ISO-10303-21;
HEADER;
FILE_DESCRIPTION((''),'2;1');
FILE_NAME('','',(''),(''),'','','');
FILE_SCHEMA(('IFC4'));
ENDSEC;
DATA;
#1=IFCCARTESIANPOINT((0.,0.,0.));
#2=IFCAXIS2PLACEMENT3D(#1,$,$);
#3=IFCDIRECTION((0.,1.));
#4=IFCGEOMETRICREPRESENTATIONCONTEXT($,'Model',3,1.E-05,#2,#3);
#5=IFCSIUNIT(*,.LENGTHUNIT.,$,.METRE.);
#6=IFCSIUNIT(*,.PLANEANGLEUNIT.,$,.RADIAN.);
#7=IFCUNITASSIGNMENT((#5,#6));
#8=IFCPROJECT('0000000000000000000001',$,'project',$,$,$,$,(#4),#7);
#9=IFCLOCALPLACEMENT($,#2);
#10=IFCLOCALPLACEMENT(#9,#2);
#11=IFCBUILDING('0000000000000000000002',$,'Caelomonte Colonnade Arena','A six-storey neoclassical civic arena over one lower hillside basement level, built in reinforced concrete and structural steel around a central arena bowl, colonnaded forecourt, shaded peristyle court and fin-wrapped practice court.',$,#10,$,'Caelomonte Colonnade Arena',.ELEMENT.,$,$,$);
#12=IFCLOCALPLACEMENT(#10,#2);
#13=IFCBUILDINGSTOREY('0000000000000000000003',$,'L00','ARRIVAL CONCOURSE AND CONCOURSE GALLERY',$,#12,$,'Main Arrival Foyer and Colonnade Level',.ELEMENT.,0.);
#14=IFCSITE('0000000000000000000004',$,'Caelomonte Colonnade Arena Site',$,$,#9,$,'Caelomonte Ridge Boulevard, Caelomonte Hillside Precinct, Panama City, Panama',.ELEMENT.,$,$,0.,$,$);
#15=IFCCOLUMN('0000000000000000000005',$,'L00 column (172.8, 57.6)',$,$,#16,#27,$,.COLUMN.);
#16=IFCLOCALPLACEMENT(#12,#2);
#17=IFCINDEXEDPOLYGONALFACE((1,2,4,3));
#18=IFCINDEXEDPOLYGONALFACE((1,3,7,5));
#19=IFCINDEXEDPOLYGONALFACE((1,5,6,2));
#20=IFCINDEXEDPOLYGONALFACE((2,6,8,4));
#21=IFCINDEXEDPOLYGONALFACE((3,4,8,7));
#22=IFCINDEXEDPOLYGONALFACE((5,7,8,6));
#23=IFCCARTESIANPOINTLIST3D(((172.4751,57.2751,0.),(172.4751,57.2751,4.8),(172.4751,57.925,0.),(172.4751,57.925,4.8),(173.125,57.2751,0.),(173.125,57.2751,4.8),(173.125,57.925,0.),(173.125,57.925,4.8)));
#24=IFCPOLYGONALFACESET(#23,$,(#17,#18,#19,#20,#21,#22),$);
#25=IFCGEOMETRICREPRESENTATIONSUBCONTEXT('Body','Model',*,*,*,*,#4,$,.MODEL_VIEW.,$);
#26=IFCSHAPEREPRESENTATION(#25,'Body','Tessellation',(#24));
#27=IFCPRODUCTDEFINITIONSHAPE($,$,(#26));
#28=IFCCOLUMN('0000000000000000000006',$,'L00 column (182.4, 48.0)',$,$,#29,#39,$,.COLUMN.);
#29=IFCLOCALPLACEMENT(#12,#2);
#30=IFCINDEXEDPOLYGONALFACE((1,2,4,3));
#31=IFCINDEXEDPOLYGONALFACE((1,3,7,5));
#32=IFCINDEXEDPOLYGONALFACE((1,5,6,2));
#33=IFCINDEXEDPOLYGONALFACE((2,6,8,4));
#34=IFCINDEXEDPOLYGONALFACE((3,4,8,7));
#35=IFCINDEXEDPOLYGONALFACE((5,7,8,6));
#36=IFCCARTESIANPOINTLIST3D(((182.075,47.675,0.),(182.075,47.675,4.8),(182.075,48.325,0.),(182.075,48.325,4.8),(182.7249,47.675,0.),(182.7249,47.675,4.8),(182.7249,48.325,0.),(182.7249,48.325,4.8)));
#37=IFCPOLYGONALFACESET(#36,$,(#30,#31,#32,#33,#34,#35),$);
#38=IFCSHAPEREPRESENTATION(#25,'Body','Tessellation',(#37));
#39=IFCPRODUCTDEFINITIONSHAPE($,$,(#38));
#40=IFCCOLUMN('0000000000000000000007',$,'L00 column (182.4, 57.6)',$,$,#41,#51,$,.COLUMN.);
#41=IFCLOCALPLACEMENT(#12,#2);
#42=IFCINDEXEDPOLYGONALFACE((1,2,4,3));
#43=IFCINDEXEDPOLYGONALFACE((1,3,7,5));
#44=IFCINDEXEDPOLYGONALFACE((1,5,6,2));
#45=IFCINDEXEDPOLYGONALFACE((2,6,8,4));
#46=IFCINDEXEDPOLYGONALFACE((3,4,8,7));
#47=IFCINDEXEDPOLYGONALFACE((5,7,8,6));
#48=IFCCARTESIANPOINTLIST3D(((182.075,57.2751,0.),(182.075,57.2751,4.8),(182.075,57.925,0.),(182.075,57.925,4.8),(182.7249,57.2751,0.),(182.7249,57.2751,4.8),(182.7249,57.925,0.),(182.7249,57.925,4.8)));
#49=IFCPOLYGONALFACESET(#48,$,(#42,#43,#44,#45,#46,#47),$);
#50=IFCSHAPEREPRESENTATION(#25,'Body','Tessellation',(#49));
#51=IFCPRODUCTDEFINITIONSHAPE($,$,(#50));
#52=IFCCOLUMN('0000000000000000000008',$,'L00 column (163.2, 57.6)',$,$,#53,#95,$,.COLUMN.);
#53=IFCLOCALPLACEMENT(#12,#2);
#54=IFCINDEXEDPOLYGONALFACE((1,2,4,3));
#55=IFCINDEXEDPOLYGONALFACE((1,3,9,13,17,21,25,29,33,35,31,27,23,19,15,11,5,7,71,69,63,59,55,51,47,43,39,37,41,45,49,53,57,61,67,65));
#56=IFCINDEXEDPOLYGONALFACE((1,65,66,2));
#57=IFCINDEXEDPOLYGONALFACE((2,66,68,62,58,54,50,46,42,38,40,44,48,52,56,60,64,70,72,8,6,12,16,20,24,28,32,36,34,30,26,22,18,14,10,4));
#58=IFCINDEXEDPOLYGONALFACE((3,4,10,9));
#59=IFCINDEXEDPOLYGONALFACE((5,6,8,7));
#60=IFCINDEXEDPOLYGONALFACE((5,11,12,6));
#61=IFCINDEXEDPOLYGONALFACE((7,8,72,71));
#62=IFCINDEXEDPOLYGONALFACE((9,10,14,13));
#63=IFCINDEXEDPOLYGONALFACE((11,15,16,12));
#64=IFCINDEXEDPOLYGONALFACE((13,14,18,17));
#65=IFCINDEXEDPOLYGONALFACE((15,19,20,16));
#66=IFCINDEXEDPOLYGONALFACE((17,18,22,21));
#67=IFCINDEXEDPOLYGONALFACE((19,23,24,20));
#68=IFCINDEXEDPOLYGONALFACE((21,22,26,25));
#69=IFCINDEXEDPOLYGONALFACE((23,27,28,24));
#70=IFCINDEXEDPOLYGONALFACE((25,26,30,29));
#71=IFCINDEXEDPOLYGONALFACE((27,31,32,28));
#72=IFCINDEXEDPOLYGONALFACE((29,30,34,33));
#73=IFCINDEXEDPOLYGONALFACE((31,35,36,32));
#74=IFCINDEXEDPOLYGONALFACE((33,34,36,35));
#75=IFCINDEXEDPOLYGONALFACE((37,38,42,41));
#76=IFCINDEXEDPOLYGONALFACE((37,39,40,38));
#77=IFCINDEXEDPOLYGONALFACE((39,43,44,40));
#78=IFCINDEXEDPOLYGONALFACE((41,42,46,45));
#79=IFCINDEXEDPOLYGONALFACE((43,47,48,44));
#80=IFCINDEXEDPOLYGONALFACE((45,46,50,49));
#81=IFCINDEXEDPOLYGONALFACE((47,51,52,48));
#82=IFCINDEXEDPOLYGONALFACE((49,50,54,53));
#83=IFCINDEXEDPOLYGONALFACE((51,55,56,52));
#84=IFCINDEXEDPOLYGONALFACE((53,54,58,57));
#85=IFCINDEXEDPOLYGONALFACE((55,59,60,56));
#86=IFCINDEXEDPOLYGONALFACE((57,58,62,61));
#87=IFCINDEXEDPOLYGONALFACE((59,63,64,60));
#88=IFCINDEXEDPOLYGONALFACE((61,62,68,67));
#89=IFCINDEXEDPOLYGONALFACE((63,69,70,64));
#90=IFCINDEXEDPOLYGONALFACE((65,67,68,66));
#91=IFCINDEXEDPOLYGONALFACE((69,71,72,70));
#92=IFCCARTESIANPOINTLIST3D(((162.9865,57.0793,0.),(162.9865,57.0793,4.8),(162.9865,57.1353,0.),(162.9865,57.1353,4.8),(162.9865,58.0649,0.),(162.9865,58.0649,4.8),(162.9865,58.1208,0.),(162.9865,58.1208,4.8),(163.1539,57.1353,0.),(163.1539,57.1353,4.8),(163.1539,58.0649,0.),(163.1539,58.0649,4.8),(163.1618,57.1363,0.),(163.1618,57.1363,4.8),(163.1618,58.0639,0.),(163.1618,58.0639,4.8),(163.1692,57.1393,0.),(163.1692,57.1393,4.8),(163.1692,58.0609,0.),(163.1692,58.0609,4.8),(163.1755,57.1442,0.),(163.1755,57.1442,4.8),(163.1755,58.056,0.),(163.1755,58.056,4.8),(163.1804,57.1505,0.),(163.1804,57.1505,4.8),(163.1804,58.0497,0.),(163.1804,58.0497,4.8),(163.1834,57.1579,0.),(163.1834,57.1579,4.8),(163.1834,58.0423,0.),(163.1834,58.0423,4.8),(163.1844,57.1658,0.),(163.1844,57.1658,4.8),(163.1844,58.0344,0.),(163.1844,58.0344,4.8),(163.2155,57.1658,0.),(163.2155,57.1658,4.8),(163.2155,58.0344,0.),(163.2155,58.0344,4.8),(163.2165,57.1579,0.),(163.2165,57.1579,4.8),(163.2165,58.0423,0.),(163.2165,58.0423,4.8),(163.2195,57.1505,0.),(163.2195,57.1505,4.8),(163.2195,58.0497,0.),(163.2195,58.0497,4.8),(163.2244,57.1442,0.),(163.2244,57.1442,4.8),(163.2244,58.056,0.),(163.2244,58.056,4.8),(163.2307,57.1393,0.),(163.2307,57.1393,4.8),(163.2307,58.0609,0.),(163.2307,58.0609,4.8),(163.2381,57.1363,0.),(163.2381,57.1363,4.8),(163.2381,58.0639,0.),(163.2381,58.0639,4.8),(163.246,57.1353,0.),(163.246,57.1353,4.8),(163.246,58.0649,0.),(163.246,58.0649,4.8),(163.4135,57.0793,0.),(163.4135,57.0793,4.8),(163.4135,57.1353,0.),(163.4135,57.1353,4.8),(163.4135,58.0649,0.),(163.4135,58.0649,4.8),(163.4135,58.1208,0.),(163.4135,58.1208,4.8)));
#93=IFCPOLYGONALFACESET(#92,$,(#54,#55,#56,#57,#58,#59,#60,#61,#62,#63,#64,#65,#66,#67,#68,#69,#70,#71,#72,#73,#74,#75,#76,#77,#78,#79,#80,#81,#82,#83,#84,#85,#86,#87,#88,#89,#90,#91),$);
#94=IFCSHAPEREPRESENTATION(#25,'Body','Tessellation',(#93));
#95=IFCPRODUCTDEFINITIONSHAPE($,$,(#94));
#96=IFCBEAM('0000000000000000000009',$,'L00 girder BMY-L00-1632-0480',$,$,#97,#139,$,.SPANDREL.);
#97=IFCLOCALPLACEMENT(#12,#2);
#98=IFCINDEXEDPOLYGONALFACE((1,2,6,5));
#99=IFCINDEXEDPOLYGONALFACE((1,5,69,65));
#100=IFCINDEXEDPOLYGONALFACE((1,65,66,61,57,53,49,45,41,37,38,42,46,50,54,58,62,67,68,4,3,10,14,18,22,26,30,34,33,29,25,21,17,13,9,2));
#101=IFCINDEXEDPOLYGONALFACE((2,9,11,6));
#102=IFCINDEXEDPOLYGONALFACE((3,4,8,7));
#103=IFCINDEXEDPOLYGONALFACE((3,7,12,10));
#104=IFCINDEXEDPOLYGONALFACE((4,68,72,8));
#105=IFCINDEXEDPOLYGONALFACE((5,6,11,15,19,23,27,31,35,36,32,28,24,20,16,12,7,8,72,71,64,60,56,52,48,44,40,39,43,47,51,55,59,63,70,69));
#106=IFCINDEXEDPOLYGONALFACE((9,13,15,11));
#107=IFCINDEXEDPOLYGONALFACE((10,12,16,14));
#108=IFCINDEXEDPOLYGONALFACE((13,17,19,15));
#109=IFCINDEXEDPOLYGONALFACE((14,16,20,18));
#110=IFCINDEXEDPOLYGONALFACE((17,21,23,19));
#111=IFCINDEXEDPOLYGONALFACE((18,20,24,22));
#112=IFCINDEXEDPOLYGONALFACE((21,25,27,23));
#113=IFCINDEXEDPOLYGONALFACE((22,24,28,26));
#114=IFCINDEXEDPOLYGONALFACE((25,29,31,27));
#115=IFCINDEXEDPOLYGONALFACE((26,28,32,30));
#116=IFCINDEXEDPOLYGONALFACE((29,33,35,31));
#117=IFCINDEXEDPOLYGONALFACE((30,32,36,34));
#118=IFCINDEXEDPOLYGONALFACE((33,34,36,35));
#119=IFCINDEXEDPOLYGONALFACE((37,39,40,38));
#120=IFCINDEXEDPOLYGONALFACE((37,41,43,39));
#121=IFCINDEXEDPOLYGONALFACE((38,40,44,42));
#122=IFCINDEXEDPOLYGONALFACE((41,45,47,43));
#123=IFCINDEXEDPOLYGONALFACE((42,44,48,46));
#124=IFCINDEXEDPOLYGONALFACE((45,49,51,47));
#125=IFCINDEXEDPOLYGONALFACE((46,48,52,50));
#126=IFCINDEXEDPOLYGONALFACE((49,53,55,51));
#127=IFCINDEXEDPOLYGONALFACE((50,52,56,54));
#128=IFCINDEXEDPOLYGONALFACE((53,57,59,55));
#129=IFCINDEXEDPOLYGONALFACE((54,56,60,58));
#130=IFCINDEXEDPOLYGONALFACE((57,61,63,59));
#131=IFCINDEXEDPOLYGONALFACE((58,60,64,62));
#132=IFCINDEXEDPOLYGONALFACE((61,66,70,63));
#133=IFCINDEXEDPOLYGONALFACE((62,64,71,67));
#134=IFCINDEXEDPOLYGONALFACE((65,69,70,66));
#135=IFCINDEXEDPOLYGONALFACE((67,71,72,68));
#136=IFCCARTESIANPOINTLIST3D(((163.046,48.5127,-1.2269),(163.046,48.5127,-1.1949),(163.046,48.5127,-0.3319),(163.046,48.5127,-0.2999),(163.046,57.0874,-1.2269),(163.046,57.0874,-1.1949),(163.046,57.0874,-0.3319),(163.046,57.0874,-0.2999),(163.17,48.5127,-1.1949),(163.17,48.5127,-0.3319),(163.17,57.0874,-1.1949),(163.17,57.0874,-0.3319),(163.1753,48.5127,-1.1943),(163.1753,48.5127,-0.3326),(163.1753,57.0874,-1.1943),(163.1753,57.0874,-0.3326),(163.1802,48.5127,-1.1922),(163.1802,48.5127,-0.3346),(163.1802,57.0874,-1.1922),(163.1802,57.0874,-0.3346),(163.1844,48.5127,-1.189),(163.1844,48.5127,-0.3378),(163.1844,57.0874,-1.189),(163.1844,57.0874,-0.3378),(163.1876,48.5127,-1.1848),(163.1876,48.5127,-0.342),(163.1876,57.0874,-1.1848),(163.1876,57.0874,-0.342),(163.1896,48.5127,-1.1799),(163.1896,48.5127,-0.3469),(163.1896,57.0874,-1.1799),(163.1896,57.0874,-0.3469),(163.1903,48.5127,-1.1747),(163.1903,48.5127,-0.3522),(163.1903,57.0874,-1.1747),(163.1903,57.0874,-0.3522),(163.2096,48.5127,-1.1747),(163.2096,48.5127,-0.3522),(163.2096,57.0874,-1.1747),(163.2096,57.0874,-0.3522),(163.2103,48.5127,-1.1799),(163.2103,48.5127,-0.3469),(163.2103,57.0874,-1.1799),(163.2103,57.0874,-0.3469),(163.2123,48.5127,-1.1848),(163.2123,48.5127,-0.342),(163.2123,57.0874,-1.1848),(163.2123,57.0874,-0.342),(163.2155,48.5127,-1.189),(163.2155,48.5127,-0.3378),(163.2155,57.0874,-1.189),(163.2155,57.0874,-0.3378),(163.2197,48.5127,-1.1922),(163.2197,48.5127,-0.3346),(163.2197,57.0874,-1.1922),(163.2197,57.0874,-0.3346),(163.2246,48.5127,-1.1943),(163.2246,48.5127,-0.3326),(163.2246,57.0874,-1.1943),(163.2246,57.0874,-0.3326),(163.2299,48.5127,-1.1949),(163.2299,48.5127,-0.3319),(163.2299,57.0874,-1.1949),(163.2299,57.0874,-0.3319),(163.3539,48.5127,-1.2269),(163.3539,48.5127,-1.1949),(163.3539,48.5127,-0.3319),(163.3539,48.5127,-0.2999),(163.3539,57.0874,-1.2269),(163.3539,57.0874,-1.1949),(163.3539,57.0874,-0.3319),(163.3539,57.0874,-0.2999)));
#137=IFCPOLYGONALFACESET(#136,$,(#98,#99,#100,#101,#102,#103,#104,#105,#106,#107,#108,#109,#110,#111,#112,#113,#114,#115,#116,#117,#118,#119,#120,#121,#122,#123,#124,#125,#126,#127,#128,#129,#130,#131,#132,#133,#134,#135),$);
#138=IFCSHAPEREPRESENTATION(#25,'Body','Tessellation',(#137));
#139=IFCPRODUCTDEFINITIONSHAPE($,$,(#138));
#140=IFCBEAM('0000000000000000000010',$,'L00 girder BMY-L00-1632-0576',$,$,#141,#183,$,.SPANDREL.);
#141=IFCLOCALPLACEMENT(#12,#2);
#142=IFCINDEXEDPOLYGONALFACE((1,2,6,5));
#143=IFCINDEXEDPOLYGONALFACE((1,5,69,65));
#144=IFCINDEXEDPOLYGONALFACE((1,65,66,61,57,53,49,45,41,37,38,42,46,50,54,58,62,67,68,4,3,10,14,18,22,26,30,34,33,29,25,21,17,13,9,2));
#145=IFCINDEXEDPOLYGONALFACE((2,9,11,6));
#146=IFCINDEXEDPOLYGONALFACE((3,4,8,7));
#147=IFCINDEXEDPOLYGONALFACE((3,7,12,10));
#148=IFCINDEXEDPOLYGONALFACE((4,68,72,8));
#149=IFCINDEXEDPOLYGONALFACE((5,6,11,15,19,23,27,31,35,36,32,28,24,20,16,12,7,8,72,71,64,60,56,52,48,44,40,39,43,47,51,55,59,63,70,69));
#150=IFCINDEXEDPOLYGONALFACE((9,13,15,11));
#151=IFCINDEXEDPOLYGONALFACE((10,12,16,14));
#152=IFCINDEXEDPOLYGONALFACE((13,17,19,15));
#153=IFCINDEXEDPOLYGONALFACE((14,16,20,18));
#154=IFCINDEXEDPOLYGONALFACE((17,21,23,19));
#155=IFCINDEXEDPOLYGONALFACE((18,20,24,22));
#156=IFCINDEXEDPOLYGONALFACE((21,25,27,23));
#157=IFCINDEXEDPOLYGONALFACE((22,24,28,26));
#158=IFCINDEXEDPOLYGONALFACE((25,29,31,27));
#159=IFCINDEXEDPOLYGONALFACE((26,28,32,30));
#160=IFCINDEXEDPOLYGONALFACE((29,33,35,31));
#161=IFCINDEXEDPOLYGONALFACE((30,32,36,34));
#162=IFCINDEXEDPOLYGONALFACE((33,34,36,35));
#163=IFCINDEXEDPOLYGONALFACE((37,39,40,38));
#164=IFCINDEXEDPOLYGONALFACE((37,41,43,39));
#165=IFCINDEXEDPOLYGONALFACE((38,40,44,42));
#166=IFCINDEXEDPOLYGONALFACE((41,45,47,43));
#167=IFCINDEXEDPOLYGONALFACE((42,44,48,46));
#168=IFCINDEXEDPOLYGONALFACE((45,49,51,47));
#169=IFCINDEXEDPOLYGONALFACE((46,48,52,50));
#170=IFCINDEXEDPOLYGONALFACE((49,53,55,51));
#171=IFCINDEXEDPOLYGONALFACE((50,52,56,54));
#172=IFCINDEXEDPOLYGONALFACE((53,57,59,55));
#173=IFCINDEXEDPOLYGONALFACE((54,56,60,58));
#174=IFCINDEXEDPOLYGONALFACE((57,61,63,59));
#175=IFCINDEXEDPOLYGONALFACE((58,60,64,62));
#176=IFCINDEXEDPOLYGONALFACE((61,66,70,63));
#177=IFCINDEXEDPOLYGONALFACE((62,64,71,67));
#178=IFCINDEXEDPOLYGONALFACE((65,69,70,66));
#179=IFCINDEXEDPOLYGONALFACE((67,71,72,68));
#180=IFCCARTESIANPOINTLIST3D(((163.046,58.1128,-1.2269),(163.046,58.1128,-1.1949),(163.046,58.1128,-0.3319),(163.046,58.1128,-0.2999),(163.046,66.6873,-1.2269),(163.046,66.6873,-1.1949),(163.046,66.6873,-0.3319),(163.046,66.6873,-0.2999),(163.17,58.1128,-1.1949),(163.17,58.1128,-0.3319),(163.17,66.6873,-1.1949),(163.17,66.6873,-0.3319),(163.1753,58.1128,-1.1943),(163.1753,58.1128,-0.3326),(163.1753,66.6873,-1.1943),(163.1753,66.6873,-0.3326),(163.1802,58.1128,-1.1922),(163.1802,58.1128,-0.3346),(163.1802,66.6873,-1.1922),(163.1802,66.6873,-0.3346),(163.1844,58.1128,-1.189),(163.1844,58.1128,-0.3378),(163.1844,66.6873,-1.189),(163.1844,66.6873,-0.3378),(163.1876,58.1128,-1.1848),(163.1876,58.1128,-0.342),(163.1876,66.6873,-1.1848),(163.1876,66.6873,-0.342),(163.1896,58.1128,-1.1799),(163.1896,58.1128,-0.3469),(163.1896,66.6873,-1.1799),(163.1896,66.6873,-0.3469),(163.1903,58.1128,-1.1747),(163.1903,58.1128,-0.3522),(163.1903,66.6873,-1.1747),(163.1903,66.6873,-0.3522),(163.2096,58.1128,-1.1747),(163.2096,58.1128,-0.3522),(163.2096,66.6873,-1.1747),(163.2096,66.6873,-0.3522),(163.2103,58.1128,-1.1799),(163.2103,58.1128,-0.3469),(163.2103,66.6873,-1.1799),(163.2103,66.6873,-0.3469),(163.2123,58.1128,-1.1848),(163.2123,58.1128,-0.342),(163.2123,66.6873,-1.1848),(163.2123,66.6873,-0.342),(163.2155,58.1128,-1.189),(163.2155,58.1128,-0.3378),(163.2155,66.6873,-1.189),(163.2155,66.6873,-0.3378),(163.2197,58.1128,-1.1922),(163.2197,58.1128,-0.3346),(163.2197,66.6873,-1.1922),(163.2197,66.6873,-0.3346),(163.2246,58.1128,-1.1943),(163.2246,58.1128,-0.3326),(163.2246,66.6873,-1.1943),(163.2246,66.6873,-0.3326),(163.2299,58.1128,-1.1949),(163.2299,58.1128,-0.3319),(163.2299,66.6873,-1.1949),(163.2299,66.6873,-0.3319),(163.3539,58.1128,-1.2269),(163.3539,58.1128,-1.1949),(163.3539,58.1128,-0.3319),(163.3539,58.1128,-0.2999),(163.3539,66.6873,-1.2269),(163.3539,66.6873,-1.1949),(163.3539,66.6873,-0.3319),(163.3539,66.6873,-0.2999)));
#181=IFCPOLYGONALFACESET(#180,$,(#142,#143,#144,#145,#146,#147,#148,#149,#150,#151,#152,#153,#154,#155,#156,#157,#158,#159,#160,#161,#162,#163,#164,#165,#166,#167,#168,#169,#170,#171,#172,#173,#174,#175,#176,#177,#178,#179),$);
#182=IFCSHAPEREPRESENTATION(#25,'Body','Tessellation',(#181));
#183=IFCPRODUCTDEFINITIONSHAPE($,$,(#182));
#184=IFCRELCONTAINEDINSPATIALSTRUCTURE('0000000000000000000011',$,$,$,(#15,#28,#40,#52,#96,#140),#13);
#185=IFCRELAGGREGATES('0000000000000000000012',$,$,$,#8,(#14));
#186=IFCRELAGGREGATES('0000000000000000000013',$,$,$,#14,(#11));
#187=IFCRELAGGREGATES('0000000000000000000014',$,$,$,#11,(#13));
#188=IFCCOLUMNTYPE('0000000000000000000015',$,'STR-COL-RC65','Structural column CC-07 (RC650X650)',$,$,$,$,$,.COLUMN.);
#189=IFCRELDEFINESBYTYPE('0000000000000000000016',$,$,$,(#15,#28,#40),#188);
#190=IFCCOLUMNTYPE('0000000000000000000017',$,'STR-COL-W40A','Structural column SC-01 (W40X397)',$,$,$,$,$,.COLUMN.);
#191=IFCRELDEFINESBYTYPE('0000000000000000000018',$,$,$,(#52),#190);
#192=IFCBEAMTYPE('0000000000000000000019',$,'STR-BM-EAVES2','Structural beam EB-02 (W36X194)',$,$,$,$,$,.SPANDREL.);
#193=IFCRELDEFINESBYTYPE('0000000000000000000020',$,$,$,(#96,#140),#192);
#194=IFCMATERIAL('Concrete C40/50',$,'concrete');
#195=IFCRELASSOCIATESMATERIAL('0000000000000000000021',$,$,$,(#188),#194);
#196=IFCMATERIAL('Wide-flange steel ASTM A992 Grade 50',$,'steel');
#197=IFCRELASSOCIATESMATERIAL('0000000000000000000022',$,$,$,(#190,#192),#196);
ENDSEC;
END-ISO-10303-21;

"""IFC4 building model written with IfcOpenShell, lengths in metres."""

from ifc_helpers import new_model, si_unit, direction, frame, origin, origin_2d, place, context, subcontext, project, spatial, rectangle, i_section, extrude, material, material_profile, profile_set, type_object, element, save


model = new_model("IFC4")

# Units and contexts
model_context = context("Model", 3, precision=1e-05, world=origin(), true_north=direction((0.0, 1.0)))
body_context = subcontext(model_context, "Body", "Model", "MODEL_VIEW")
ifc_project = project(units=[si_unit("LENGTHUNIT", "METRE"), si_unit("PLANEANGLEUNIT", "RADIAN")], contexts=[model_context])

# Site, building, storey
site_placement = place(None, origin())
site = spatial("IfcSite", under=ifc_project, at=site_placement, Name="Caelomonte Colonnade Arena Site", LongName="Caelomonte Ridge Boulevard, Caelomonte Hillside Precinct, Panama City, Panama", CompositionType="ELEMENT", RefElevation=0.0)
building_placement = place(site_placement, origin())
building = spatial("IfcBuilding", under=site, at=building_placement, Name="Caelomonte Colonnade Arena", Description="A six-storey neoclassical civic arena over one lower hillside basement level, built in reinforced concrete and structural steel around a central arena bowl, colonnaded forecourt, shaded peristyle court and fin-wrapped practice court.", LongName="Caelomonte Colonnade Arena", CompositionType="ELEMENT")
storey_placement = place(building_placement, origin())
storey = spatial("IfcBuildingStorey", under=building, at=storey_placement, Name="L00", Description="ARRIVAL CONCOURSE AND CONCOURSE GALLERY", LongName="Main Arrival Foyer and Colonnade Level", CompositionType="ELEMENT", Elevation=0.0)

# Columns
ifc_material_1 = material(Name="Concrete C40/50", Category="concrete")
ifc_material_profile_1 = material_profile(ifc_material_1, rectangle(XDim=0.6499, YDim=0.6499, at=origin_2d()), Name="RC650X650")
ifc_profile_set_1 = profile_set([ifc_material_profile_1], Name="Concrete C40/50")
column_type_1 = type_object("IfcColumnType", Name="STR-COL-RC65", Description="Structural column CC-07 (RC650X650)", PredefinedType="COLUMN", material=ifc_profile_set_1)
for number, where, z_axis, x_axis, name in (
    (1, (172.8, 57.6001, 0.0), (0.0, 0.0, 1.0), (1.0, 0.0, 0.0), "L00 column (172.8, 57.6)"),
    (2, (182.3999, 48.0, 0.0), (0.0, 0.0, 1.0), (1.0, 0.0, 0.0), "L00 column (182.4, 48.0)"),
    (3, (182.3999, 57.6001, 0.0), (0.0, 0.0, 1.0), (1.0, 0.0, 0.0), "L00 column (182.4, 57.6)"),
):
    element("IfcColumn", number, at=place(storey_placement, frame(where, z_axis=z_axis, x_axis=x_axis)), inside=storey, type_object=column_type_1, Name=name, PredefinedType="COLUMN", context=body_context, shape_type="SweptSolid", body=[
        extrude(rectangle(XDim=0.6499, YDim=0.6499, at=origin_2d()), origin(), (0.0, 0.0, 1.0), 4.8),
    ])
ifc_material_2 = material(Name="Wide-flange steel ASTM A992 Grade 50", Category="steel")
ifc_material_profile_2 = material_profile(ifc_material_2, i_section(OverallWidth=0.427, OverallDepth=1.0415, WebThickness=0.031, FlangeThickness=0.0559, FilletRadius=0.0305, at=origin_2d()), Name="W40X397")
ifc_profile_set_2 = profile_set([ifc_material_profile_2], Name="Wide-flange steel ASTM A992 Grade 50")
column_type_2 = type_object("IfcColumnType", Name="STR-COL-W40A", Description="Structural column SC-01 (W40X397)", PredefinedType="COLUMN", material=ifc_profile_set_2)
column_placement = place(storey_placement, frame((163.2, 57.6001, 0.0), z_axis=(0.0, 0.0, 1.0), x_axis=(1.0, 0.0, 0.0)))
element("IfcColumn", 4, at=column_placement, inside=storey, type_object=column_type_2, Name="L00 column (163.2, 57.6)", PredefinedType="COLUMN", context=body_context, shape_type="SweptSolid", body=[
    extrude(i_section(OverallWidth=0.427, OverallDepth=1.0415, WebThickness=0.031, FlangeThickness=0.0559, FilletRadius=0.0305, at=origin_2d()), origin(), (0.0, 0.0, 1.0), 4.8),
])

# Beams
ifc_material_profile_3 = material_profile(ifc_material_2, i_section(OverallWidth=0.3079, OverallDepth=0.927, WebThickness=0.0193, FlangeThickness=0.032, FilletRadius=0.0203, at=origin_2d()), Name="W36X194")
ifc_profile_set_3 = profile_set([ifc_material_profile_3], Name="Wide-flange steel ASTM A992 Grade 50")
beam_type_1 = type_object("IfcBeamType", Name="STR-BM-EAVES2", Description="Structural beam EB-02 (W36X194)", PredefinedType="SPANDREL", material=ifc_profile_set_3)
beam_1_placement = place(storey_placement, frame((163.2, 48.5127, -0.7634), z_axis=(0.0, 1.0, 0.0), x_axis=(-1.0, 0.0, 0.0)))
element("IfcBeam", 5, at=beam_1_placement, inside=storey, type_object=beam_type_1, Name="L00 girder BMY-L00-1632-0480", PredefinedType="SPANDREL", context=body_context, shape_type="SweptSolid", body=[
    extrude(i_section(OverallWidth=0.3079, OverallDepth=0.927, WebThickness=0.0193, FlangeThickness=0.032, FilletRadius=0.0203, at=origin_2d()), origin(), (0.0, 0.0, 1.0), 8.5747),
])
beam_2_placement = place(storey_placement, frame((163.2, 58.1128, -0.7634), z_axis=(0.0, 1.0, 0.0), x_axis=(-1.0, 0.0, 0.0)))
element("IfcBeam", 6, at=beam_2_placement, inside=storey, type_object=beam_type_1, Name="L00 girder BMY-L00-1632-0576", PredefinedType="SPANDREL", context=body_context, shape_type="SweptSolid", body=[
    extrude(i_section(OverallWidth=0.3079, OverallDepth=0.927, WebThickness=0.0193, FlangeThickness=0.032, FilletRadius=0.0203, at=origin_2d()), origin(), (0.0, 0.0, 1.0), 8.5745),
])

save(model, "model.ifc")
